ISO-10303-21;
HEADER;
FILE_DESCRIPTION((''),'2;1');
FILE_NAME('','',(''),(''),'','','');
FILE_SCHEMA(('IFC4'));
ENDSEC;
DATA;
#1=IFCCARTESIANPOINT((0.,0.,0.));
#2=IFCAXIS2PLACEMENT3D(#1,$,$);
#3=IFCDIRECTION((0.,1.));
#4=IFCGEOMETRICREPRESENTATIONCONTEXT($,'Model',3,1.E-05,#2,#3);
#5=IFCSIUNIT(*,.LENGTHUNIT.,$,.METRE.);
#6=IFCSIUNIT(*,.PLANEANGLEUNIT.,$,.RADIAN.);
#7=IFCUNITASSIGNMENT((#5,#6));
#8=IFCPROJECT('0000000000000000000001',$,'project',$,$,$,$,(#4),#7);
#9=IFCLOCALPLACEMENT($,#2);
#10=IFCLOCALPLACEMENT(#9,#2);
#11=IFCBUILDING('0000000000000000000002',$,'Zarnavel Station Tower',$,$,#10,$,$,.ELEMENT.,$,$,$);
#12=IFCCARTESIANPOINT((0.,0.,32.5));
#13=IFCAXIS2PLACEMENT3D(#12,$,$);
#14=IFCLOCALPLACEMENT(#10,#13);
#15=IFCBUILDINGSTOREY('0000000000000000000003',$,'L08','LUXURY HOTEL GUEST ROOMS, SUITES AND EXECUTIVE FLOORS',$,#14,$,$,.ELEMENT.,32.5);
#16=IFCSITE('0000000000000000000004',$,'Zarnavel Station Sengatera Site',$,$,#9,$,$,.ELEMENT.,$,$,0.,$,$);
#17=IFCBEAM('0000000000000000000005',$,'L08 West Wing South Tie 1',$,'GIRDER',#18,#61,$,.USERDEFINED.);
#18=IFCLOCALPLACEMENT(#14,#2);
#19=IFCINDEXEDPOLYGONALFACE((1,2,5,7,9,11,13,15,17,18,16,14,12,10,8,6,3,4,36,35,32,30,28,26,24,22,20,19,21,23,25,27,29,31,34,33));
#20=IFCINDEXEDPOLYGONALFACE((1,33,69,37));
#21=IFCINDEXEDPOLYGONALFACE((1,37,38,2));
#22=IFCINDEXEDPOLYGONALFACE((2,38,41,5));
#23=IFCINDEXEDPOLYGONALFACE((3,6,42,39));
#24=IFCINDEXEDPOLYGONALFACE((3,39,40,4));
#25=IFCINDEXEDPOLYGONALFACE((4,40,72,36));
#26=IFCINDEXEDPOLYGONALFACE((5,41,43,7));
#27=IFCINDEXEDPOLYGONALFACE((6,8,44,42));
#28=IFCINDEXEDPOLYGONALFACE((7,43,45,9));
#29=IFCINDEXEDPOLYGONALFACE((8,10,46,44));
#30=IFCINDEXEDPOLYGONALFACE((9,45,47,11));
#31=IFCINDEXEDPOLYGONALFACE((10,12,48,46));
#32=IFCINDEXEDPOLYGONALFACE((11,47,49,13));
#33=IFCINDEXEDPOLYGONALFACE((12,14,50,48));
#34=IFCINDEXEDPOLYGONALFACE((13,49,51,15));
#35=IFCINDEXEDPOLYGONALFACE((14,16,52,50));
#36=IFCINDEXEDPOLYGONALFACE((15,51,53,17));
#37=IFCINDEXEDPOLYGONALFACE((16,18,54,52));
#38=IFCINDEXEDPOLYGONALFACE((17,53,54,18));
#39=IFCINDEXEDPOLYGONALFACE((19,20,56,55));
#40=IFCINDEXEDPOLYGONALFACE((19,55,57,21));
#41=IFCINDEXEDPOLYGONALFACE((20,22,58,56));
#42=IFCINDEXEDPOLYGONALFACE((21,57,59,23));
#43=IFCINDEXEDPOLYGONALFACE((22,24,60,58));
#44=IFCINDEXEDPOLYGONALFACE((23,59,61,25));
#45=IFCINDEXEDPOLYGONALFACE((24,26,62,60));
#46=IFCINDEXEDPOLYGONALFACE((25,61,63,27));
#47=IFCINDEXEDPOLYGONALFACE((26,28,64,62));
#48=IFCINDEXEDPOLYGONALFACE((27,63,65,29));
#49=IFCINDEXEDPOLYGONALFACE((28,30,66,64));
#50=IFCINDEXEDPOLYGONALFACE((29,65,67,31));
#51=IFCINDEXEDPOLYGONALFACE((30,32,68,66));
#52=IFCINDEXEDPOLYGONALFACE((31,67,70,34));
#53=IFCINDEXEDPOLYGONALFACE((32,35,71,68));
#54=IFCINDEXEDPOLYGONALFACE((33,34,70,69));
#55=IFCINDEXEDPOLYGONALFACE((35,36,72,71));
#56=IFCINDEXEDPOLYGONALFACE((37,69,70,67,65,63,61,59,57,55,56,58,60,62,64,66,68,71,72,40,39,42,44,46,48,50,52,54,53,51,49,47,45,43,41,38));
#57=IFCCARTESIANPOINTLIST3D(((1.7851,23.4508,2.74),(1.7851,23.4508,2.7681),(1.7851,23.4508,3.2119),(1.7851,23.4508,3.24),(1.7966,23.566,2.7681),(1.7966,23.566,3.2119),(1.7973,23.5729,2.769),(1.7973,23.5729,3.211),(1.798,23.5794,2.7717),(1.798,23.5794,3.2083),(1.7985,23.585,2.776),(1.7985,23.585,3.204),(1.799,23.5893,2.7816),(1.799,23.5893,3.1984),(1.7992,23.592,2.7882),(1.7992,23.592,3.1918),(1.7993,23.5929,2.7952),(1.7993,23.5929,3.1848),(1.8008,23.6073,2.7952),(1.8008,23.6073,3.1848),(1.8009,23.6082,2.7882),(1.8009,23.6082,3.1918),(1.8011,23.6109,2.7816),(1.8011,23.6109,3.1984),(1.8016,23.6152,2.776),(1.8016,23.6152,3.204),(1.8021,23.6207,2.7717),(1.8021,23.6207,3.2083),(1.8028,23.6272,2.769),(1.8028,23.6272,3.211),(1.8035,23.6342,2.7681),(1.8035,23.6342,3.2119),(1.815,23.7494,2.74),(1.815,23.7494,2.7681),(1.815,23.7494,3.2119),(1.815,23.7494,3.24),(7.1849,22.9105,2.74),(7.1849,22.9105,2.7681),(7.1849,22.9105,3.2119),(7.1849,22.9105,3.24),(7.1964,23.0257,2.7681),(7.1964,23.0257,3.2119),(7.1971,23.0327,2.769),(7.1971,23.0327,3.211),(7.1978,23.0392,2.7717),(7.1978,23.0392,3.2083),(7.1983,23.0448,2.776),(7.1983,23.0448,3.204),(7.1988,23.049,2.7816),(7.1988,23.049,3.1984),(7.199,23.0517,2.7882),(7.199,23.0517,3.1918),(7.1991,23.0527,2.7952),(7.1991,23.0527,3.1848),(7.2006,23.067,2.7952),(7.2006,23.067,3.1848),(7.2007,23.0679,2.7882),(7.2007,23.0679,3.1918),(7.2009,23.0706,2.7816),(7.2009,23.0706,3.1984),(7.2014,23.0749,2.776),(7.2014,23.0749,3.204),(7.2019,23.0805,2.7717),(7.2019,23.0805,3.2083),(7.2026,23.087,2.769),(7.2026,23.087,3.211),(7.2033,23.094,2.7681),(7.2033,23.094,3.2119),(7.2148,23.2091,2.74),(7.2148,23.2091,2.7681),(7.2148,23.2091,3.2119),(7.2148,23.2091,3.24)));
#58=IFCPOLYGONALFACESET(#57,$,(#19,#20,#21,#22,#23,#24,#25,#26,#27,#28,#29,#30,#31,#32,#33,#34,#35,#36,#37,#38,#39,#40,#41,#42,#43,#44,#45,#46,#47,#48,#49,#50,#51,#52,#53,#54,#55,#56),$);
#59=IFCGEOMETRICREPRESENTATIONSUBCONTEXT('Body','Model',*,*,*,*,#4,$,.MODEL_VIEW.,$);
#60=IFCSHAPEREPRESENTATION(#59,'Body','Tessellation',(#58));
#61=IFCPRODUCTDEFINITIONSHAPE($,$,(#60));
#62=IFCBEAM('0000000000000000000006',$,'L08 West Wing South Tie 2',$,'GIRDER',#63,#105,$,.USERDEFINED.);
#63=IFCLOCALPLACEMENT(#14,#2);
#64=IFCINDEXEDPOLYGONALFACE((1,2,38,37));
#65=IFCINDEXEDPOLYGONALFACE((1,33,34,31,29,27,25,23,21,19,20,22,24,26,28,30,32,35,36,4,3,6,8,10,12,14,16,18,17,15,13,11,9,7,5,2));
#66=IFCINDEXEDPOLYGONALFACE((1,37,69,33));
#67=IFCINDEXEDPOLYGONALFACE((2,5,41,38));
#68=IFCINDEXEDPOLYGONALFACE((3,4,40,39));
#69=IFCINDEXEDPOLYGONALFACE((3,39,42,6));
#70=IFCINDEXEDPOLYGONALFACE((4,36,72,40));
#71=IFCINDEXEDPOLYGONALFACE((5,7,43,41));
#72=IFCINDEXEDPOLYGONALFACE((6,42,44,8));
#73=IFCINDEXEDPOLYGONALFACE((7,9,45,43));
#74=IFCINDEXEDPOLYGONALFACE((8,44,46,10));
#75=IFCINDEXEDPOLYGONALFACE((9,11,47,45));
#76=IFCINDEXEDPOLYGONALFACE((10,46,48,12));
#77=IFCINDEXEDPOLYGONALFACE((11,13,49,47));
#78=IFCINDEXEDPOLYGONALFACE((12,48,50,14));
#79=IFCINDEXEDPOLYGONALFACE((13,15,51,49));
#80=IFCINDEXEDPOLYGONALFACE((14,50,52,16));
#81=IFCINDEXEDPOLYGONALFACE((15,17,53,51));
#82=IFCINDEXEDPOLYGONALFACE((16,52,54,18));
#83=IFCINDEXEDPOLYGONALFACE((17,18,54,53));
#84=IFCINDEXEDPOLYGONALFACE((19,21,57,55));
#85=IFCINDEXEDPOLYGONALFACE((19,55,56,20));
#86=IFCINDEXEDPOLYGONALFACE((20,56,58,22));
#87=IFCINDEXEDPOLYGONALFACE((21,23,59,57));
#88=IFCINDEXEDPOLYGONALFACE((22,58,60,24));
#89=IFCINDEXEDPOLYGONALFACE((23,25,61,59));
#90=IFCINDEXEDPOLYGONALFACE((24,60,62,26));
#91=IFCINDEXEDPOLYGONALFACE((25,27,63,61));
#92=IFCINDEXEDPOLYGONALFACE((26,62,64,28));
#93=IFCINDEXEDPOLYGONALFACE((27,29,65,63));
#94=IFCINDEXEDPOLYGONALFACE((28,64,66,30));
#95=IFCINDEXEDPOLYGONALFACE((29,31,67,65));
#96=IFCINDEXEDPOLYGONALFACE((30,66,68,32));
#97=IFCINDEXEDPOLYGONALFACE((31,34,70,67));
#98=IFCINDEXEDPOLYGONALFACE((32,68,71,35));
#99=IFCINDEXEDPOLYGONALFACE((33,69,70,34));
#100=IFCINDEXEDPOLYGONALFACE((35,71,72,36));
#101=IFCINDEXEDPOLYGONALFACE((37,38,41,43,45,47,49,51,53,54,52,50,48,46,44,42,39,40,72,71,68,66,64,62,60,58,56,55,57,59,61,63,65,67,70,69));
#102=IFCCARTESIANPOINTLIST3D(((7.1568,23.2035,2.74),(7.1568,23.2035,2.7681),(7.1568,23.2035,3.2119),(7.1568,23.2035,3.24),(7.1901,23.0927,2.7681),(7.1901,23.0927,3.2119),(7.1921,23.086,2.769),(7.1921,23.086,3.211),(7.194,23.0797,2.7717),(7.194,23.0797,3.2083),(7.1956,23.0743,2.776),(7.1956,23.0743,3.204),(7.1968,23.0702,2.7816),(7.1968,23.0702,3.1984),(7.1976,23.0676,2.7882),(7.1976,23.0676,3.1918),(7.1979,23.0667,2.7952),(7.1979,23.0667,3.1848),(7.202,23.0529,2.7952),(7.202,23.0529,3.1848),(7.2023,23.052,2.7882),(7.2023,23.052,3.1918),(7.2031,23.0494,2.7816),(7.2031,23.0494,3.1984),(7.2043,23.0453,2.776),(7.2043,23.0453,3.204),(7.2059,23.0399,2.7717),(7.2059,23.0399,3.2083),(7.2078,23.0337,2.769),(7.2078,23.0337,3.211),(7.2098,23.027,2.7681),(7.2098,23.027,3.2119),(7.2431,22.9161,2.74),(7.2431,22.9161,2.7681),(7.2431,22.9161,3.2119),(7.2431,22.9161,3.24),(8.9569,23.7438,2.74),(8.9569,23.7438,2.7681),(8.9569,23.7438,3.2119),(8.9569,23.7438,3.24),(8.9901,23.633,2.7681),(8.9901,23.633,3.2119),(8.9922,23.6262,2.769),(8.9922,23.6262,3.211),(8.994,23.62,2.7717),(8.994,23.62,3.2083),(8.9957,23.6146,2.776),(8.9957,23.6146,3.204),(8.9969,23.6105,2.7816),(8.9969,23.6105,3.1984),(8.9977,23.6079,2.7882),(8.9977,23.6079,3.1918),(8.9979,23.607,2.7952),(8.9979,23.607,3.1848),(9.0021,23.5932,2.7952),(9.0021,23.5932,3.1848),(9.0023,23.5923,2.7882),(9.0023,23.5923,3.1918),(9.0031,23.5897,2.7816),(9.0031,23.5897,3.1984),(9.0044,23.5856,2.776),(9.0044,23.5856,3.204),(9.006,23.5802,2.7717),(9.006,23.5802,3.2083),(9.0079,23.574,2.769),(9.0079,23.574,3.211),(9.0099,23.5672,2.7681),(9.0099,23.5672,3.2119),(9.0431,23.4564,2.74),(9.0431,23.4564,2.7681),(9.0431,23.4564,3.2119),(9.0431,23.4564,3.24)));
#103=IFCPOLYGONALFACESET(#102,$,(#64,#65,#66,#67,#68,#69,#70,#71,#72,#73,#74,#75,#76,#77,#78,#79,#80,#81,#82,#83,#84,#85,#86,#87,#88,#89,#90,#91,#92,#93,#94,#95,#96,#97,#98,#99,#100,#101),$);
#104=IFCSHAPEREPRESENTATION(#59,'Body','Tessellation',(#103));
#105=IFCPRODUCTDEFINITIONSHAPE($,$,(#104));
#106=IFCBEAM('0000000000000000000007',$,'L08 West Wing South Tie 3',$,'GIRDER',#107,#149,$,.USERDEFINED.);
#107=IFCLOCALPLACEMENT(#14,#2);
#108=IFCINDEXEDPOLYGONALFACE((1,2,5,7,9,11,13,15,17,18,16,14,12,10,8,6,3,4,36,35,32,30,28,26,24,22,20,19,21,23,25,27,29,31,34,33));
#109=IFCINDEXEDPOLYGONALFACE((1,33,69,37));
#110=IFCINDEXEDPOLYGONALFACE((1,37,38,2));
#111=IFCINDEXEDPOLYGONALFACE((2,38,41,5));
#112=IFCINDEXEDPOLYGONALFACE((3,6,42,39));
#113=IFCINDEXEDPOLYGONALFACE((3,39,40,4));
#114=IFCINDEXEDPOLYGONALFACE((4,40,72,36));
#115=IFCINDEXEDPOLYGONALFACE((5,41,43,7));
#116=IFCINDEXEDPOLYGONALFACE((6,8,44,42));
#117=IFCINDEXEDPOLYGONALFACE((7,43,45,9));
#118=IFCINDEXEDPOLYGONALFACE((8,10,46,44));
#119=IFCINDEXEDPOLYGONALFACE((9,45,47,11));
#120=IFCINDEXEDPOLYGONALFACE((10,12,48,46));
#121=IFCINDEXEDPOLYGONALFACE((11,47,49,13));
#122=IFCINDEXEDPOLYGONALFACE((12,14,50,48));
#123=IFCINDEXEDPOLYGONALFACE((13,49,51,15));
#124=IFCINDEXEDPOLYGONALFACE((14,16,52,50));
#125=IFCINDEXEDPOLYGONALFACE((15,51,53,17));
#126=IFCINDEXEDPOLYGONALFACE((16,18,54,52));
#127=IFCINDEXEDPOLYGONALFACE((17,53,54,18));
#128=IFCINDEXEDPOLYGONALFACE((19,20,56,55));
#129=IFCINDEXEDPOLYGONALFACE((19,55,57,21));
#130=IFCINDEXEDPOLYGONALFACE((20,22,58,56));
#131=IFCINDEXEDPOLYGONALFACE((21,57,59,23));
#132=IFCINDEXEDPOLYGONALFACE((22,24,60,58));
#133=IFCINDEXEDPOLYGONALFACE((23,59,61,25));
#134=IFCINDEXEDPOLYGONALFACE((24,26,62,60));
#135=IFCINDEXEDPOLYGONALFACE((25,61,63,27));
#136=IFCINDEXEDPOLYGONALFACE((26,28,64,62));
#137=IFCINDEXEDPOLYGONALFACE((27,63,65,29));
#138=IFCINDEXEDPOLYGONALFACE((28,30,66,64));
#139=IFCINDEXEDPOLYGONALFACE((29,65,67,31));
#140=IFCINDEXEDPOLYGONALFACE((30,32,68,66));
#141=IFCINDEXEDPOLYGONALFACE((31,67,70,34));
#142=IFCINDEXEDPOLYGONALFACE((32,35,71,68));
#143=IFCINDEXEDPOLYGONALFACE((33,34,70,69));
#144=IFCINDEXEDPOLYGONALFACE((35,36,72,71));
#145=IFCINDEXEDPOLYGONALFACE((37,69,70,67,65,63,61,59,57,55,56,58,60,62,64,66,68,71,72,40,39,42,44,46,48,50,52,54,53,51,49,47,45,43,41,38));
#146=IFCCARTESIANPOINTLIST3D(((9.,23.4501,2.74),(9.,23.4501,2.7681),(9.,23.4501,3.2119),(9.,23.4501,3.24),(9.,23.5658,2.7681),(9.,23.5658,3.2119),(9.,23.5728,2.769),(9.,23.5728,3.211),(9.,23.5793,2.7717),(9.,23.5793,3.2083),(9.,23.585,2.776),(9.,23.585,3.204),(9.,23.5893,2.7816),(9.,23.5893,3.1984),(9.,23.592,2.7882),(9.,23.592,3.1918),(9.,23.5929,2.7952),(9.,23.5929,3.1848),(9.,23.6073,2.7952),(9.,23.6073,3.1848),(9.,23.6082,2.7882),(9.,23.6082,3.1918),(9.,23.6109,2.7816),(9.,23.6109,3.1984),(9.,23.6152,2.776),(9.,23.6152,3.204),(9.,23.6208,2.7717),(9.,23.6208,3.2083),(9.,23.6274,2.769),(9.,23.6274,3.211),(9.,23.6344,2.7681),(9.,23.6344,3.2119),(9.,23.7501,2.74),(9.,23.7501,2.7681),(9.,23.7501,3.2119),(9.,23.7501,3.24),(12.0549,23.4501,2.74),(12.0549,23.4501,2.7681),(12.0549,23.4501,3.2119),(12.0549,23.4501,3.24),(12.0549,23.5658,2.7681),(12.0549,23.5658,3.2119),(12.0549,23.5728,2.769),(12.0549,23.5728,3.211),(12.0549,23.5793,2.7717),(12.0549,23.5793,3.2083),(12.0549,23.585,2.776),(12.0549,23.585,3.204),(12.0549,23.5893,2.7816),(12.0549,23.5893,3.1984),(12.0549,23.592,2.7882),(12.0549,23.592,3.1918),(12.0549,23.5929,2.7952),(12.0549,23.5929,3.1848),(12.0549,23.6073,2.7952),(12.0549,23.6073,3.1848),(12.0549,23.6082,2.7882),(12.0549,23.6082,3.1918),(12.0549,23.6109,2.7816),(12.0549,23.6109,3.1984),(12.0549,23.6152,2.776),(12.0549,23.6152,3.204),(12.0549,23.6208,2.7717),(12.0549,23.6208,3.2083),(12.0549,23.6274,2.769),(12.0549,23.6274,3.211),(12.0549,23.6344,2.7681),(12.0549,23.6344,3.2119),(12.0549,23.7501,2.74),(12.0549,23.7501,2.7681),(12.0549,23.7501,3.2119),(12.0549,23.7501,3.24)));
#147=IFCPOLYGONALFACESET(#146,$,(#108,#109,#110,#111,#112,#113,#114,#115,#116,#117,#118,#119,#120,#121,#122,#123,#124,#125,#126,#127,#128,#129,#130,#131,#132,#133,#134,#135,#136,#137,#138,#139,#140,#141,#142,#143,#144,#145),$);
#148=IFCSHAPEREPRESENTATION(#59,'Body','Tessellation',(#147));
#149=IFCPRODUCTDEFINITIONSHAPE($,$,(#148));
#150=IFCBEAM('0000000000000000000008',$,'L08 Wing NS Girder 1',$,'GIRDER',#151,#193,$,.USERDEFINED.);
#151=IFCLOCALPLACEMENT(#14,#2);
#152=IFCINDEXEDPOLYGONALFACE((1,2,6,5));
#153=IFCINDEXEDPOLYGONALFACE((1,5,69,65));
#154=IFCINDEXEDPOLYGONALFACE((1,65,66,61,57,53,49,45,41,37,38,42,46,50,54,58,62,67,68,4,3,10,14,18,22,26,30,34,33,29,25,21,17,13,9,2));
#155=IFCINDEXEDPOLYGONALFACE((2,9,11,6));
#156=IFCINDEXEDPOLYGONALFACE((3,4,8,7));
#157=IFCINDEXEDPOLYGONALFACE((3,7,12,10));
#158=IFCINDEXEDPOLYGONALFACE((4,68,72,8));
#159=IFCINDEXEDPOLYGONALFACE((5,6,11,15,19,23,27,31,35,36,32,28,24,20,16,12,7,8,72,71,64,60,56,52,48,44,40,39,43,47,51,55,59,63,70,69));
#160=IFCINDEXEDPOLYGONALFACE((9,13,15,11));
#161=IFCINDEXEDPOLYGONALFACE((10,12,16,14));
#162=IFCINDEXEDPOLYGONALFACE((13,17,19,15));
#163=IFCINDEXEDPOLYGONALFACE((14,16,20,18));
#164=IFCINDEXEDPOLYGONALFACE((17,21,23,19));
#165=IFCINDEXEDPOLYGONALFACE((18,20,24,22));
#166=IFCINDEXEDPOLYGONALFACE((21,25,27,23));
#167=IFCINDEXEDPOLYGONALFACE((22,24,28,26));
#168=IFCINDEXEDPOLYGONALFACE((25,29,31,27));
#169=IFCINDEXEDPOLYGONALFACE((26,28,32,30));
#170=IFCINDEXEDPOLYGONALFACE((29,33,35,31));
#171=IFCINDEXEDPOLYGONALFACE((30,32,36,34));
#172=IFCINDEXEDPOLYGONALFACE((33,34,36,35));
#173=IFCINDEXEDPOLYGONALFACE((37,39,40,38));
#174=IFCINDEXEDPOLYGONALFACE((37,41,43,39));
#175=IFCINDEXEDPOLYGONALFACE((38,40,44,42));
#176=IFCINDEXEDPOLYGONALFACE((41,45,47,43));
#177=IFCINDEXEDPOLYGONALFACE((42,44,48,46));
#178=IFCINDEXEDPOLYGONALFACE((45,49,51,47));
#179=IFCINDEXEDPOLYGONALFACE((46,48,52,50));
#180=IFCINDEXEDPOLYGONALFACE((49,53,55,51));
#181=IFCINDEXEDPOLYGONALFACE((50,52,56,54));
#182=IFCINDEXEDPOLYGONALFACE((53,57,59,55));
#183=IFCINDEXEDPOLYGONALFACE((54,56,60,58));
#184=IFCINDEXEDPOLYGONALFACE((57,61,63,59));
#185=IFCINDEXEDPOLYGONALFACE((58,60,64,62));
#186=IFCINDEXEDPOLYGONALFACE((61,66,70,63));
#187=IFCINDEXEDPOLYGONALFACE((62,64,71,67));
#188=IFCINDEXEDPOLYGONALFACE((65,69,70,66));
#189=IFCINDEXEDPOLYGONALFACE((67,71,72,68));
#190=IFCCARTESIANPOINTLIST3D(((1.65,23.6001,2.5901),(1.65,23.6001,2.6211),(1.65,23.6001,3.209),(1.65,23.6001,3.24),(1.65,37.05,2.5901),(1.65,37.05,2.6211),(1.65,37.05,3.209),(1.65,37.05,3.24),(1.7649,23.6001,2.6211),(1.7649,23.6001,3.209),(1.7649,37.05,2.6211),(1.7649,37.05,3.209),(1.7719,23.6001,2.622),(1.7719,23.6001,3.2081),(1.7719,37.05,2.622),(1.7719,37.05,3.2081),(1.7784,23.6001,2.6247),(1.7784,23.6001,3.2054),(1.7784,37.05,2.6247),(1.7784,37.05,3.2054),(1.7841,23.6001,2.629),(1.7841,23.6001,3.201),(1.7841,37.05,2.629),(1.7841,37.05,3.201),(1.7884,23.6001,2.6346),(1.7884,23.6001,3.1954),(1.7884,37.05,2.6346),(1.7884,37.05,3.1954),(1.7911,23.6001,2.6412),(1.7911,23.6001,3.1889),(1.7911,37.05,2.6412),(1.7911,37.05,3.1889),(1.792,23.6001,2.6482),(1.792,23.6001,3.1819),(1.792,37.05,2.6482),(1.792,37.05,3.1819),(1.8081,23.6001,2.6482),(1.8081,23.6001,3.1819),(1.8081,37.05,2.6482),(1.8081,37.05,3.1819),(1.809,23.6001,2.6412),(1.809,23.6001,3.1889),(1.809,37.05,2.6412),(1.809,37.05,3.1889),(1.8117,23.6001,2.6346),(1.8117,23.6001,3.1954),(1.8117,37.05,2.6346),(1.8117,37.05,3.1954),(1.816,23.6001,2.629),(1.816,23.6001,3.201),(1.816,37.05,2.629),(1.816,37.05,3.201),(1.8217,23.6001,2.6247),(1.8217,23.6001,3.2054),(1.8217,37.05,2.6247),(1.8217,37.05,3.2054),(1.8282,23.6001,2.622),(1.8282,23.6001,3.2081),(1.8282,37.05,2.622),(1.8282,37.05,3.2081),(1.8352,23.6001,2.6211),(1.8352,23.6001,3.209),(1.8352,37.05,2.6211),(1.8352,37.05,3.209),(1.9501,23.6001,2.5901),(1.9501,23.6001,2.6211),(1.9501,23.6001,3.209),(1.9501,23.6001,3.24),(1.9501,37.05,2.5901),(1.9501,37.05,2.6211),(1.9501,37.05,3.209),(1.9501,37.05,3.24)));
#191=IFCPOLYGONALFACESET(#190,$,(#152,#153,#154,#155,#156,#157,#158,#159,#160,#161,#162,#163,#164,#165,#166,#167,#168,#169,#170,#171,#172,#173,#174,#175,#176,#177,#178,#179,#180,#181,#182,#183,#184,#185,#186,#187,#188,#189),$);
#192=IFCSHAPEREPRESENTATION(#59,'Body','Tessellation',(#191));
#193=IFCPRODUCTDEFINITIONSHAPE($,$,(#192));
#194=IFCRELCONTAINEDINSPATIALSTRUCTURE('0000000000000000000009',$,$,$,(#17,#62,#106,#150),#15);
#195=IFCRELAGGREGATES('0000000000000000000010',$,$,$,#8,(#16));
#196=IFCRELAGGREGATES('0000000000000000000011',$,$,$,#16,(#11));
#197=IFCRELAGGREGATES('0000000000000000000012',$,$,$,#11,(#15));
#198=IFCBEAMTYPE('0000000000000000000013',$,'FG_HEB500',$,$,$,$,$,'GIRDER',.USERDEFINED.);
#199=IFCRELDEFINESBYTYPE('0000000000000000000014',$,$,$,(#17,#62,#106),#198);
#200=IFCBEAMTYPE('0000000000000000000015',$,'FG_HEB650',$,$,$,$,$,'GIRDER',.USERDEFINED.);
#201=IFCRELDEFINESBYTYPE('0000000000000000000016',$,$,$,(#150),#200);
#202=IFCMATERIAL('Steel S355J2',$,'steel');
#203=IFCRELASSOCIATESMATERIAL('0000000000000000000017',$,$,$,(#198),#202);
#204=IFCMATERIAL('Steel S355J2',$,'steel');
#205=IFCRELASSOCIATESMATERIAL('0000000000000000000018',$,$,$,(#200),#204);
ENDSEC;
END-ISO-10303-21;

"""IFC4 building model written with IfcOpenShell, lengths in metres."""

from ifc_helpers import new_model, si_unit, direction, frame, origin, origin_2d, place, context, subcontext, project, spatial, i_section, extrude, material, material_profile, profile_set, type_object, element, save


model = new_model("IFC4")

# Units and contexts
model_context = context("Model", 3, precision=1e-05, world=origin(), true_north=direction((0.0, 1.0)))
body_context = subcontext(model_context, "Body", "Model", "MODEL_VIEW")
ifc_project = project(units=[si_unit("LENGTHUNIT", "METRE"), si_unit("PLANEANGLEUNIT", "RADIAN")], contexts=[model_context])

# Site, building, storey
site_placement = place(None, origin())
site = spatial("IfcSite", under=ifc_project, at=site_placement, Name="Zarnavel Station Sengatera Site", CompositionType="ELEMENT", RefElevation=0.0)
building_placement = place(site_placement, origin())
building = spatial("IfcBuilding", under=site, at=building_placement, Name="Zarnavel Station Tower", CompositionType="ELEMENT")
storey_placement = place(building_placement, frame((0.0, 0.0, 32.5)))
storey = spatial("IfcBuildingStorey", under=building, at=storey_placement, Name="L08", Description="LUXURY HOTEL GUEST ROOMS, SUITES AND EXECUTIVE FLOORS", CompositionType="ELEMENT", Elevation=32.5)

# Beams
ifc_material_1 = material(Name="Steel S355J2", Category="steel")
ifc_material_profile_1 = material_profile(ifc_material_1, i_section(OverallWidth=0.3, OverallDepth=0.5, WebThickness=0.0144, FlangeThickness=0.0281, FilletRadius=0.0271, at=origin_2d()), Name="HEB500")
ifc_profile_set_1 = profile_set([ifc_material_profile_1], Name="Steel S355J2")
beam_type_1 = type_object("IfcBeamType", Name="FG_HEB500", ElementType="GIRDER", PredefinedType="USERDEFINED", material=ifc_profile_set_1)
beam_1_placement = place(storey_placement, frame((1.8, 23.6001, 2.99), z_axis=(0.995032, -0.099557, 0.0), x_axis=(0.099557, 0.995032, 0.0)))
element("IfcBeam", 1, at=beam_1_placement, inside=storey, type_object=beam_type_1, Name="L08 West Wing South Tie 1", ObjectType="GIRDER", PredefinedType="USERDEFINED", context=body_context, shape_type="SweptSolid", body=[
    extrude(i_section(OverallWidth=0.3, OverallDepth=0.5, WebThickness=0.0144, FlangeThickness=0.0281, FilletRadius=0.0271, at=origin_2d()), origin(), (0.0, 0.0, 1.0), 5.4268),
])
beam_2_placement = place(storey_placement, frame((7.2, 23.0598, 2.99), z_axis=(0.957787, 0.287479, 0.0), x_axis=(-0.287479, 0.957787, 0.0)))
element("IfcBeam", 2, at=beam_2_placement, inside=storey, type_object=beam_type_1, Name="L08 West Wing South Tie 2", ObjectType="GIRDER", PredefinedType="USERDEFINED", context=body_context, shape_type="SweptSolid", body=[
    extrude(i_section(OverallWidth=0.3, OverallDepth=0.5, WebThickness=0.0144, FlangeThickness=0.0281, FilletRadius=0.0271, at=origin_2d()), origin(), (0.0, 0.0, 1.0), 1.8794),
])
beam_3_placement = place(storey_placement, frame((9.0, 23.6001, 2.99), z_axis=(1.0, 0.0, 0.0), x_axis=(0.0, 1.0, 0.0)))
element("IfcBeam", 3, at=beam_3_placement, inside=storey, type_object=beam_type_1, Name="L08 West Wing South Tie 3", ObjectType="GIRDER", PredefinedType="USERDEFINED", context=body_context, shape_type="SweptSolid", body=[
    extrude(i_section(OverallWidth=0.3, OverallDepth=0.5, WebThickness=0.0144, FlangeThickness=0.0281, FilletRadius=0.0271, at=origin_2d()), origin(), (0.0, 0.0, 1.0), 3.0549),
])
ifc_material_2 = material(Name="Steel S355J2", Category="steel")
ifc_material_profile_2 = material_profile(ifc_material_2, i_section(OverallWidth=0.3, OverallDepth=0.6499, WebThickness=0.0161, FlangeThickness=0.031, FilletRadius=0.0271, at=origin_2d()), Name="HEB650")
ifc_profile_set_2 = profile_set([ifc_material_profile_2], Name="Steel S355J2")
beam_type_2 = type_object("IfcBeamType", Name="FG_HEB650", ElementType="GIRDER", PredefinedType="USERDEFINED", material=ifc_profile_set_2)
beam_4_placement = place(storey_placement, frame((1.8, 23.6001, 2.915), z_axis=(0.0, 1.0, 0.0), x_axis=(-1.0, 0.0, 0.0)))
element("IfcBeam", 4, at=beam_4_placement, inside=storey, type_object=beam_type_2, Name="L08 Wing NS Girder 1", ObjectType="GIRDER", PredefinedType="USERDEFINED", context=body_context, shape_type="SweptSolid", body=[
    extrude(i_section(OverallWidth=0.3, OverallDepth=0.6499, WebThickness=0.0161, FlangeThickness=0.031, FilletRadius=0.0271, at=origin_2d()), origin(), (0.0, 0.0, 1.0), 13.45),
])

save(model, "model.ifc")
